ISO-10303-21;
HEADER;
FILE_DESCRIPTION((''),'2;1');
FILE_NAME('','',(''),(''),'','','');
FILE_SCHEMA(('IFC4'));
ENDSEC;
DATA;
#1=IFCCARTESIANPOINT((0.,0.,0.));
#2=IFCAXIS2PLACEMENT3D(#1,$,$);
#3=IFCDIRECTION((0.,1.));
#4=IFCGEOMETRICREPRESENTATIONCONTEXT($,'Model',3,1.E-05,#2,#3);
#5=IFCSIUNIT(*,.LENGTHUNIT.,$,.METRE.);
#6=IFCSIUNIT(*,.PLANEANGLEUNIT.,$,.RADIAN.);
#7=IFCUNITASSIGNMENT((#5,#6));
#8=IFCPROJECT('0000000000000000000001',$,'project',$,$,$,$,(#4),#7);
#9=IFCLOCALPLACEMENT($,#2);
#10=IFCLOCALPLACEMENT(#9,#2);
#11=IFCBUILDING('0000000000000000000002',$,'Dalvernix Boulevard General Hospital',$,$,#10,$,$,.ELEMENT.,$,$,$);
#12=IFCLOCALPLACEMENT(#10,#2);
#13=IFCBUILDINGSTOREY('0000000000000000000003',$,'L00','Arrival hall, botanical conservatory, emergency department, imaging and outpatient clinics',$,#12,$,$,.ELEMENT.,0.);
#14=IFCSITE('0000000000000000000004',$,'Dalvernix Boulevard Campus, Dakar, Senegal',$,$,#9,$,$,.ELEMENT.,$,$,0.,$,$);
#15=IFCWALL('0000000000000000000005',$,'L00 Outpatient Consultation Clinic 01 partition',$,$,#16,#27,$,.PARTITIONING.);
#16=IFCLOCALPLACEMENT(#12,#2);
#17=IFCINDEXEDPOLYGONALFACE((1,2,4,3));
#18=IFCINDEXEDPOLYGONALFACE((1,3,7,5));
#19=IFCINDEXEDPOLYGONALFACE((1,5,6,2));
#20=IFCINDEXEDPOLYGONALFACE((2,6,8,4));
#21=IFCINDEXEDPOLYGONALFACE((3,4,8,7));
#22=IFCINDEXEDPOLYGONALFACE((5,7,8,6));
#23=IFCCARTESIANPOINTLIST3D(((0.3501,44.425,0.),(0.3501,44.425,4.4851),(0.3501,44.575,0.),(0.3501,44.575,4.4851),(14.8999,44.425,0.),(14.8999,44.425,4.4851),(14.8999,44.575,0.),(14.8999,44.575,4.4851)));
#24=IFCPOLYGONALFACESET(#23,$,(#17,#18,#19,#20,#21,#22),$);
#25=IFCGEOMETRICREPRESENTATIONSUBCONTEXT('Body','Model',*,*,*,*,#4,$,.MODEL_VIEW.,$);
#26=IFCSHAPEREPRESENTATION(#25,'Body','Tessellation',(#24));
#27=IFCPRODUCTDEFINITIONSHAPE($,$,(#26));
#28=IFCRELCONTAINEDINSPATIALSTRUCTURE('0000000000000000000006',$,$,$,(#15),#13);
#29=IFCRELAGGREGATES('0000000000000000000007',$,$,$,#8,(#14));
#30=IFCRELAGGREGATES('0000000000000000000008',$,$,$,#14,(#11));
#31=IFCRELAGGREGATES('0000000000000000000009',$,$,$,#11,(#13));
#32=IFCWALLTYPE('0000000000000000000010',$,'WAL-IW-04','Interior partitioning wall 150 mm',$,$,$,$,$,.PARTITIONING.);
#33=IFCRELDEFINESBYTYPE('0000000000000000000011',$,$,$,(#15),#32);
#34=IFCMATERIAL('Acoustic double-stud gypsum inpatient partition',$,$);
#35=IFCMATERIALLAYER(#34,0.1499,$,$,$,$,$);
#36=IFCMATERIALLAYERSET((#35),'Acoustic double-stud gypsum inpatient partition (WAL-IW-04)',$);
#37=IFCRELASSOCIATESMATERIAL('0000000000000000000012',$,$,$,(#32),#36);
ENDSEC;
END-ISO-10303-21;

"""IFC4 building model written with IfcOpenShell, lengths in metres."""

from ifc_helpers import new_model, si_unit, direction, frame, frame_2d, origin, place, context, subcontext, project, spatial, rectangle, extrude, material, layer, layer_set, type_object, element, save


model = new_model("IFC4")

# Units and contexts
model_context = context("Model", 3, precision=1e-05, world=origin(), true_north=direction((0.0, 1.0)))
body_context = subcontext(model_context, "Body", "Model", "MODEL_VIEW")
ifc_project = project(units=[si_unit("LENGTHUNIT", "METRE"), si_unit("PLANEANGLEUNIT", "RADIAN")], contexts=[model_context])

# Site, building, storey
site_placement = place(None, origin())
site = spatial("IfcSite", under=ifc_project, at=site_placement, Name="Dalvernix Boulevard Campus, Dakar, Senegal", CompositionType="ELEMENT", RefElevation=0.0)
building_placement = place(site_placement, origin())
building = spatial("IfcBuilding", under=site, at=building_placement, Name="Dalvernix Boulevard General Hospital", CompositionType="ELEMENT")
storey_placement = place(building_placement, origin())
storey = spatial("IfcBuildingStorey", under=building, at=storey_placement, Name="L00", Description="Arrival hall, botanical conservatory, emergency department, imaging and outpatient clinics", CompositionType="ELEMENT", Elevation=0.0)

# Wall
ifc_material_1 = material(Name="Acoustic double-stud gypsum inpatient partition")
ifc_layer_1 = layer(ifc_material_1, 0.1499)
ifc_layer_set_1 = layer_set([ifc_layer_1], Name="Acoustic double-stud gypsum inpatient partition (WAL-IW-04)")
wall_type_1 = type_object("IfcWallType", Name="WAL-IW-04", Description="Interior partitioning wall 150 mm", PredefinedType="PARTITIONING", material=ifc_layer_set_1)
for number, where, z_axis, x_axis, name in (
    (1, (0.3501, 44.5, 0.0), (0.0, 0.0, 1.0), (1.0, 0.0, 0.0), "L00 Outpatient Consultation Clinic 01 partition"),
):
    element("IfcWall", number, at=place(storey_placement, frame(where, z_axis=z_axis, x_axis=x_axis)), inside=storey, type_object=wall_type_1, Name=name, PredefinedType="PARTITIONING", context=body_context, shape_type="SweptSolid", body=[
        extrude(rectangle(XDim=14.5498, YDim=0.1499, at=frame_2d((7.2749, 0.0))), origin(), (0.0, 0.0, 1.0), 4.4851),
    ])

save(model, "model.ifc")
